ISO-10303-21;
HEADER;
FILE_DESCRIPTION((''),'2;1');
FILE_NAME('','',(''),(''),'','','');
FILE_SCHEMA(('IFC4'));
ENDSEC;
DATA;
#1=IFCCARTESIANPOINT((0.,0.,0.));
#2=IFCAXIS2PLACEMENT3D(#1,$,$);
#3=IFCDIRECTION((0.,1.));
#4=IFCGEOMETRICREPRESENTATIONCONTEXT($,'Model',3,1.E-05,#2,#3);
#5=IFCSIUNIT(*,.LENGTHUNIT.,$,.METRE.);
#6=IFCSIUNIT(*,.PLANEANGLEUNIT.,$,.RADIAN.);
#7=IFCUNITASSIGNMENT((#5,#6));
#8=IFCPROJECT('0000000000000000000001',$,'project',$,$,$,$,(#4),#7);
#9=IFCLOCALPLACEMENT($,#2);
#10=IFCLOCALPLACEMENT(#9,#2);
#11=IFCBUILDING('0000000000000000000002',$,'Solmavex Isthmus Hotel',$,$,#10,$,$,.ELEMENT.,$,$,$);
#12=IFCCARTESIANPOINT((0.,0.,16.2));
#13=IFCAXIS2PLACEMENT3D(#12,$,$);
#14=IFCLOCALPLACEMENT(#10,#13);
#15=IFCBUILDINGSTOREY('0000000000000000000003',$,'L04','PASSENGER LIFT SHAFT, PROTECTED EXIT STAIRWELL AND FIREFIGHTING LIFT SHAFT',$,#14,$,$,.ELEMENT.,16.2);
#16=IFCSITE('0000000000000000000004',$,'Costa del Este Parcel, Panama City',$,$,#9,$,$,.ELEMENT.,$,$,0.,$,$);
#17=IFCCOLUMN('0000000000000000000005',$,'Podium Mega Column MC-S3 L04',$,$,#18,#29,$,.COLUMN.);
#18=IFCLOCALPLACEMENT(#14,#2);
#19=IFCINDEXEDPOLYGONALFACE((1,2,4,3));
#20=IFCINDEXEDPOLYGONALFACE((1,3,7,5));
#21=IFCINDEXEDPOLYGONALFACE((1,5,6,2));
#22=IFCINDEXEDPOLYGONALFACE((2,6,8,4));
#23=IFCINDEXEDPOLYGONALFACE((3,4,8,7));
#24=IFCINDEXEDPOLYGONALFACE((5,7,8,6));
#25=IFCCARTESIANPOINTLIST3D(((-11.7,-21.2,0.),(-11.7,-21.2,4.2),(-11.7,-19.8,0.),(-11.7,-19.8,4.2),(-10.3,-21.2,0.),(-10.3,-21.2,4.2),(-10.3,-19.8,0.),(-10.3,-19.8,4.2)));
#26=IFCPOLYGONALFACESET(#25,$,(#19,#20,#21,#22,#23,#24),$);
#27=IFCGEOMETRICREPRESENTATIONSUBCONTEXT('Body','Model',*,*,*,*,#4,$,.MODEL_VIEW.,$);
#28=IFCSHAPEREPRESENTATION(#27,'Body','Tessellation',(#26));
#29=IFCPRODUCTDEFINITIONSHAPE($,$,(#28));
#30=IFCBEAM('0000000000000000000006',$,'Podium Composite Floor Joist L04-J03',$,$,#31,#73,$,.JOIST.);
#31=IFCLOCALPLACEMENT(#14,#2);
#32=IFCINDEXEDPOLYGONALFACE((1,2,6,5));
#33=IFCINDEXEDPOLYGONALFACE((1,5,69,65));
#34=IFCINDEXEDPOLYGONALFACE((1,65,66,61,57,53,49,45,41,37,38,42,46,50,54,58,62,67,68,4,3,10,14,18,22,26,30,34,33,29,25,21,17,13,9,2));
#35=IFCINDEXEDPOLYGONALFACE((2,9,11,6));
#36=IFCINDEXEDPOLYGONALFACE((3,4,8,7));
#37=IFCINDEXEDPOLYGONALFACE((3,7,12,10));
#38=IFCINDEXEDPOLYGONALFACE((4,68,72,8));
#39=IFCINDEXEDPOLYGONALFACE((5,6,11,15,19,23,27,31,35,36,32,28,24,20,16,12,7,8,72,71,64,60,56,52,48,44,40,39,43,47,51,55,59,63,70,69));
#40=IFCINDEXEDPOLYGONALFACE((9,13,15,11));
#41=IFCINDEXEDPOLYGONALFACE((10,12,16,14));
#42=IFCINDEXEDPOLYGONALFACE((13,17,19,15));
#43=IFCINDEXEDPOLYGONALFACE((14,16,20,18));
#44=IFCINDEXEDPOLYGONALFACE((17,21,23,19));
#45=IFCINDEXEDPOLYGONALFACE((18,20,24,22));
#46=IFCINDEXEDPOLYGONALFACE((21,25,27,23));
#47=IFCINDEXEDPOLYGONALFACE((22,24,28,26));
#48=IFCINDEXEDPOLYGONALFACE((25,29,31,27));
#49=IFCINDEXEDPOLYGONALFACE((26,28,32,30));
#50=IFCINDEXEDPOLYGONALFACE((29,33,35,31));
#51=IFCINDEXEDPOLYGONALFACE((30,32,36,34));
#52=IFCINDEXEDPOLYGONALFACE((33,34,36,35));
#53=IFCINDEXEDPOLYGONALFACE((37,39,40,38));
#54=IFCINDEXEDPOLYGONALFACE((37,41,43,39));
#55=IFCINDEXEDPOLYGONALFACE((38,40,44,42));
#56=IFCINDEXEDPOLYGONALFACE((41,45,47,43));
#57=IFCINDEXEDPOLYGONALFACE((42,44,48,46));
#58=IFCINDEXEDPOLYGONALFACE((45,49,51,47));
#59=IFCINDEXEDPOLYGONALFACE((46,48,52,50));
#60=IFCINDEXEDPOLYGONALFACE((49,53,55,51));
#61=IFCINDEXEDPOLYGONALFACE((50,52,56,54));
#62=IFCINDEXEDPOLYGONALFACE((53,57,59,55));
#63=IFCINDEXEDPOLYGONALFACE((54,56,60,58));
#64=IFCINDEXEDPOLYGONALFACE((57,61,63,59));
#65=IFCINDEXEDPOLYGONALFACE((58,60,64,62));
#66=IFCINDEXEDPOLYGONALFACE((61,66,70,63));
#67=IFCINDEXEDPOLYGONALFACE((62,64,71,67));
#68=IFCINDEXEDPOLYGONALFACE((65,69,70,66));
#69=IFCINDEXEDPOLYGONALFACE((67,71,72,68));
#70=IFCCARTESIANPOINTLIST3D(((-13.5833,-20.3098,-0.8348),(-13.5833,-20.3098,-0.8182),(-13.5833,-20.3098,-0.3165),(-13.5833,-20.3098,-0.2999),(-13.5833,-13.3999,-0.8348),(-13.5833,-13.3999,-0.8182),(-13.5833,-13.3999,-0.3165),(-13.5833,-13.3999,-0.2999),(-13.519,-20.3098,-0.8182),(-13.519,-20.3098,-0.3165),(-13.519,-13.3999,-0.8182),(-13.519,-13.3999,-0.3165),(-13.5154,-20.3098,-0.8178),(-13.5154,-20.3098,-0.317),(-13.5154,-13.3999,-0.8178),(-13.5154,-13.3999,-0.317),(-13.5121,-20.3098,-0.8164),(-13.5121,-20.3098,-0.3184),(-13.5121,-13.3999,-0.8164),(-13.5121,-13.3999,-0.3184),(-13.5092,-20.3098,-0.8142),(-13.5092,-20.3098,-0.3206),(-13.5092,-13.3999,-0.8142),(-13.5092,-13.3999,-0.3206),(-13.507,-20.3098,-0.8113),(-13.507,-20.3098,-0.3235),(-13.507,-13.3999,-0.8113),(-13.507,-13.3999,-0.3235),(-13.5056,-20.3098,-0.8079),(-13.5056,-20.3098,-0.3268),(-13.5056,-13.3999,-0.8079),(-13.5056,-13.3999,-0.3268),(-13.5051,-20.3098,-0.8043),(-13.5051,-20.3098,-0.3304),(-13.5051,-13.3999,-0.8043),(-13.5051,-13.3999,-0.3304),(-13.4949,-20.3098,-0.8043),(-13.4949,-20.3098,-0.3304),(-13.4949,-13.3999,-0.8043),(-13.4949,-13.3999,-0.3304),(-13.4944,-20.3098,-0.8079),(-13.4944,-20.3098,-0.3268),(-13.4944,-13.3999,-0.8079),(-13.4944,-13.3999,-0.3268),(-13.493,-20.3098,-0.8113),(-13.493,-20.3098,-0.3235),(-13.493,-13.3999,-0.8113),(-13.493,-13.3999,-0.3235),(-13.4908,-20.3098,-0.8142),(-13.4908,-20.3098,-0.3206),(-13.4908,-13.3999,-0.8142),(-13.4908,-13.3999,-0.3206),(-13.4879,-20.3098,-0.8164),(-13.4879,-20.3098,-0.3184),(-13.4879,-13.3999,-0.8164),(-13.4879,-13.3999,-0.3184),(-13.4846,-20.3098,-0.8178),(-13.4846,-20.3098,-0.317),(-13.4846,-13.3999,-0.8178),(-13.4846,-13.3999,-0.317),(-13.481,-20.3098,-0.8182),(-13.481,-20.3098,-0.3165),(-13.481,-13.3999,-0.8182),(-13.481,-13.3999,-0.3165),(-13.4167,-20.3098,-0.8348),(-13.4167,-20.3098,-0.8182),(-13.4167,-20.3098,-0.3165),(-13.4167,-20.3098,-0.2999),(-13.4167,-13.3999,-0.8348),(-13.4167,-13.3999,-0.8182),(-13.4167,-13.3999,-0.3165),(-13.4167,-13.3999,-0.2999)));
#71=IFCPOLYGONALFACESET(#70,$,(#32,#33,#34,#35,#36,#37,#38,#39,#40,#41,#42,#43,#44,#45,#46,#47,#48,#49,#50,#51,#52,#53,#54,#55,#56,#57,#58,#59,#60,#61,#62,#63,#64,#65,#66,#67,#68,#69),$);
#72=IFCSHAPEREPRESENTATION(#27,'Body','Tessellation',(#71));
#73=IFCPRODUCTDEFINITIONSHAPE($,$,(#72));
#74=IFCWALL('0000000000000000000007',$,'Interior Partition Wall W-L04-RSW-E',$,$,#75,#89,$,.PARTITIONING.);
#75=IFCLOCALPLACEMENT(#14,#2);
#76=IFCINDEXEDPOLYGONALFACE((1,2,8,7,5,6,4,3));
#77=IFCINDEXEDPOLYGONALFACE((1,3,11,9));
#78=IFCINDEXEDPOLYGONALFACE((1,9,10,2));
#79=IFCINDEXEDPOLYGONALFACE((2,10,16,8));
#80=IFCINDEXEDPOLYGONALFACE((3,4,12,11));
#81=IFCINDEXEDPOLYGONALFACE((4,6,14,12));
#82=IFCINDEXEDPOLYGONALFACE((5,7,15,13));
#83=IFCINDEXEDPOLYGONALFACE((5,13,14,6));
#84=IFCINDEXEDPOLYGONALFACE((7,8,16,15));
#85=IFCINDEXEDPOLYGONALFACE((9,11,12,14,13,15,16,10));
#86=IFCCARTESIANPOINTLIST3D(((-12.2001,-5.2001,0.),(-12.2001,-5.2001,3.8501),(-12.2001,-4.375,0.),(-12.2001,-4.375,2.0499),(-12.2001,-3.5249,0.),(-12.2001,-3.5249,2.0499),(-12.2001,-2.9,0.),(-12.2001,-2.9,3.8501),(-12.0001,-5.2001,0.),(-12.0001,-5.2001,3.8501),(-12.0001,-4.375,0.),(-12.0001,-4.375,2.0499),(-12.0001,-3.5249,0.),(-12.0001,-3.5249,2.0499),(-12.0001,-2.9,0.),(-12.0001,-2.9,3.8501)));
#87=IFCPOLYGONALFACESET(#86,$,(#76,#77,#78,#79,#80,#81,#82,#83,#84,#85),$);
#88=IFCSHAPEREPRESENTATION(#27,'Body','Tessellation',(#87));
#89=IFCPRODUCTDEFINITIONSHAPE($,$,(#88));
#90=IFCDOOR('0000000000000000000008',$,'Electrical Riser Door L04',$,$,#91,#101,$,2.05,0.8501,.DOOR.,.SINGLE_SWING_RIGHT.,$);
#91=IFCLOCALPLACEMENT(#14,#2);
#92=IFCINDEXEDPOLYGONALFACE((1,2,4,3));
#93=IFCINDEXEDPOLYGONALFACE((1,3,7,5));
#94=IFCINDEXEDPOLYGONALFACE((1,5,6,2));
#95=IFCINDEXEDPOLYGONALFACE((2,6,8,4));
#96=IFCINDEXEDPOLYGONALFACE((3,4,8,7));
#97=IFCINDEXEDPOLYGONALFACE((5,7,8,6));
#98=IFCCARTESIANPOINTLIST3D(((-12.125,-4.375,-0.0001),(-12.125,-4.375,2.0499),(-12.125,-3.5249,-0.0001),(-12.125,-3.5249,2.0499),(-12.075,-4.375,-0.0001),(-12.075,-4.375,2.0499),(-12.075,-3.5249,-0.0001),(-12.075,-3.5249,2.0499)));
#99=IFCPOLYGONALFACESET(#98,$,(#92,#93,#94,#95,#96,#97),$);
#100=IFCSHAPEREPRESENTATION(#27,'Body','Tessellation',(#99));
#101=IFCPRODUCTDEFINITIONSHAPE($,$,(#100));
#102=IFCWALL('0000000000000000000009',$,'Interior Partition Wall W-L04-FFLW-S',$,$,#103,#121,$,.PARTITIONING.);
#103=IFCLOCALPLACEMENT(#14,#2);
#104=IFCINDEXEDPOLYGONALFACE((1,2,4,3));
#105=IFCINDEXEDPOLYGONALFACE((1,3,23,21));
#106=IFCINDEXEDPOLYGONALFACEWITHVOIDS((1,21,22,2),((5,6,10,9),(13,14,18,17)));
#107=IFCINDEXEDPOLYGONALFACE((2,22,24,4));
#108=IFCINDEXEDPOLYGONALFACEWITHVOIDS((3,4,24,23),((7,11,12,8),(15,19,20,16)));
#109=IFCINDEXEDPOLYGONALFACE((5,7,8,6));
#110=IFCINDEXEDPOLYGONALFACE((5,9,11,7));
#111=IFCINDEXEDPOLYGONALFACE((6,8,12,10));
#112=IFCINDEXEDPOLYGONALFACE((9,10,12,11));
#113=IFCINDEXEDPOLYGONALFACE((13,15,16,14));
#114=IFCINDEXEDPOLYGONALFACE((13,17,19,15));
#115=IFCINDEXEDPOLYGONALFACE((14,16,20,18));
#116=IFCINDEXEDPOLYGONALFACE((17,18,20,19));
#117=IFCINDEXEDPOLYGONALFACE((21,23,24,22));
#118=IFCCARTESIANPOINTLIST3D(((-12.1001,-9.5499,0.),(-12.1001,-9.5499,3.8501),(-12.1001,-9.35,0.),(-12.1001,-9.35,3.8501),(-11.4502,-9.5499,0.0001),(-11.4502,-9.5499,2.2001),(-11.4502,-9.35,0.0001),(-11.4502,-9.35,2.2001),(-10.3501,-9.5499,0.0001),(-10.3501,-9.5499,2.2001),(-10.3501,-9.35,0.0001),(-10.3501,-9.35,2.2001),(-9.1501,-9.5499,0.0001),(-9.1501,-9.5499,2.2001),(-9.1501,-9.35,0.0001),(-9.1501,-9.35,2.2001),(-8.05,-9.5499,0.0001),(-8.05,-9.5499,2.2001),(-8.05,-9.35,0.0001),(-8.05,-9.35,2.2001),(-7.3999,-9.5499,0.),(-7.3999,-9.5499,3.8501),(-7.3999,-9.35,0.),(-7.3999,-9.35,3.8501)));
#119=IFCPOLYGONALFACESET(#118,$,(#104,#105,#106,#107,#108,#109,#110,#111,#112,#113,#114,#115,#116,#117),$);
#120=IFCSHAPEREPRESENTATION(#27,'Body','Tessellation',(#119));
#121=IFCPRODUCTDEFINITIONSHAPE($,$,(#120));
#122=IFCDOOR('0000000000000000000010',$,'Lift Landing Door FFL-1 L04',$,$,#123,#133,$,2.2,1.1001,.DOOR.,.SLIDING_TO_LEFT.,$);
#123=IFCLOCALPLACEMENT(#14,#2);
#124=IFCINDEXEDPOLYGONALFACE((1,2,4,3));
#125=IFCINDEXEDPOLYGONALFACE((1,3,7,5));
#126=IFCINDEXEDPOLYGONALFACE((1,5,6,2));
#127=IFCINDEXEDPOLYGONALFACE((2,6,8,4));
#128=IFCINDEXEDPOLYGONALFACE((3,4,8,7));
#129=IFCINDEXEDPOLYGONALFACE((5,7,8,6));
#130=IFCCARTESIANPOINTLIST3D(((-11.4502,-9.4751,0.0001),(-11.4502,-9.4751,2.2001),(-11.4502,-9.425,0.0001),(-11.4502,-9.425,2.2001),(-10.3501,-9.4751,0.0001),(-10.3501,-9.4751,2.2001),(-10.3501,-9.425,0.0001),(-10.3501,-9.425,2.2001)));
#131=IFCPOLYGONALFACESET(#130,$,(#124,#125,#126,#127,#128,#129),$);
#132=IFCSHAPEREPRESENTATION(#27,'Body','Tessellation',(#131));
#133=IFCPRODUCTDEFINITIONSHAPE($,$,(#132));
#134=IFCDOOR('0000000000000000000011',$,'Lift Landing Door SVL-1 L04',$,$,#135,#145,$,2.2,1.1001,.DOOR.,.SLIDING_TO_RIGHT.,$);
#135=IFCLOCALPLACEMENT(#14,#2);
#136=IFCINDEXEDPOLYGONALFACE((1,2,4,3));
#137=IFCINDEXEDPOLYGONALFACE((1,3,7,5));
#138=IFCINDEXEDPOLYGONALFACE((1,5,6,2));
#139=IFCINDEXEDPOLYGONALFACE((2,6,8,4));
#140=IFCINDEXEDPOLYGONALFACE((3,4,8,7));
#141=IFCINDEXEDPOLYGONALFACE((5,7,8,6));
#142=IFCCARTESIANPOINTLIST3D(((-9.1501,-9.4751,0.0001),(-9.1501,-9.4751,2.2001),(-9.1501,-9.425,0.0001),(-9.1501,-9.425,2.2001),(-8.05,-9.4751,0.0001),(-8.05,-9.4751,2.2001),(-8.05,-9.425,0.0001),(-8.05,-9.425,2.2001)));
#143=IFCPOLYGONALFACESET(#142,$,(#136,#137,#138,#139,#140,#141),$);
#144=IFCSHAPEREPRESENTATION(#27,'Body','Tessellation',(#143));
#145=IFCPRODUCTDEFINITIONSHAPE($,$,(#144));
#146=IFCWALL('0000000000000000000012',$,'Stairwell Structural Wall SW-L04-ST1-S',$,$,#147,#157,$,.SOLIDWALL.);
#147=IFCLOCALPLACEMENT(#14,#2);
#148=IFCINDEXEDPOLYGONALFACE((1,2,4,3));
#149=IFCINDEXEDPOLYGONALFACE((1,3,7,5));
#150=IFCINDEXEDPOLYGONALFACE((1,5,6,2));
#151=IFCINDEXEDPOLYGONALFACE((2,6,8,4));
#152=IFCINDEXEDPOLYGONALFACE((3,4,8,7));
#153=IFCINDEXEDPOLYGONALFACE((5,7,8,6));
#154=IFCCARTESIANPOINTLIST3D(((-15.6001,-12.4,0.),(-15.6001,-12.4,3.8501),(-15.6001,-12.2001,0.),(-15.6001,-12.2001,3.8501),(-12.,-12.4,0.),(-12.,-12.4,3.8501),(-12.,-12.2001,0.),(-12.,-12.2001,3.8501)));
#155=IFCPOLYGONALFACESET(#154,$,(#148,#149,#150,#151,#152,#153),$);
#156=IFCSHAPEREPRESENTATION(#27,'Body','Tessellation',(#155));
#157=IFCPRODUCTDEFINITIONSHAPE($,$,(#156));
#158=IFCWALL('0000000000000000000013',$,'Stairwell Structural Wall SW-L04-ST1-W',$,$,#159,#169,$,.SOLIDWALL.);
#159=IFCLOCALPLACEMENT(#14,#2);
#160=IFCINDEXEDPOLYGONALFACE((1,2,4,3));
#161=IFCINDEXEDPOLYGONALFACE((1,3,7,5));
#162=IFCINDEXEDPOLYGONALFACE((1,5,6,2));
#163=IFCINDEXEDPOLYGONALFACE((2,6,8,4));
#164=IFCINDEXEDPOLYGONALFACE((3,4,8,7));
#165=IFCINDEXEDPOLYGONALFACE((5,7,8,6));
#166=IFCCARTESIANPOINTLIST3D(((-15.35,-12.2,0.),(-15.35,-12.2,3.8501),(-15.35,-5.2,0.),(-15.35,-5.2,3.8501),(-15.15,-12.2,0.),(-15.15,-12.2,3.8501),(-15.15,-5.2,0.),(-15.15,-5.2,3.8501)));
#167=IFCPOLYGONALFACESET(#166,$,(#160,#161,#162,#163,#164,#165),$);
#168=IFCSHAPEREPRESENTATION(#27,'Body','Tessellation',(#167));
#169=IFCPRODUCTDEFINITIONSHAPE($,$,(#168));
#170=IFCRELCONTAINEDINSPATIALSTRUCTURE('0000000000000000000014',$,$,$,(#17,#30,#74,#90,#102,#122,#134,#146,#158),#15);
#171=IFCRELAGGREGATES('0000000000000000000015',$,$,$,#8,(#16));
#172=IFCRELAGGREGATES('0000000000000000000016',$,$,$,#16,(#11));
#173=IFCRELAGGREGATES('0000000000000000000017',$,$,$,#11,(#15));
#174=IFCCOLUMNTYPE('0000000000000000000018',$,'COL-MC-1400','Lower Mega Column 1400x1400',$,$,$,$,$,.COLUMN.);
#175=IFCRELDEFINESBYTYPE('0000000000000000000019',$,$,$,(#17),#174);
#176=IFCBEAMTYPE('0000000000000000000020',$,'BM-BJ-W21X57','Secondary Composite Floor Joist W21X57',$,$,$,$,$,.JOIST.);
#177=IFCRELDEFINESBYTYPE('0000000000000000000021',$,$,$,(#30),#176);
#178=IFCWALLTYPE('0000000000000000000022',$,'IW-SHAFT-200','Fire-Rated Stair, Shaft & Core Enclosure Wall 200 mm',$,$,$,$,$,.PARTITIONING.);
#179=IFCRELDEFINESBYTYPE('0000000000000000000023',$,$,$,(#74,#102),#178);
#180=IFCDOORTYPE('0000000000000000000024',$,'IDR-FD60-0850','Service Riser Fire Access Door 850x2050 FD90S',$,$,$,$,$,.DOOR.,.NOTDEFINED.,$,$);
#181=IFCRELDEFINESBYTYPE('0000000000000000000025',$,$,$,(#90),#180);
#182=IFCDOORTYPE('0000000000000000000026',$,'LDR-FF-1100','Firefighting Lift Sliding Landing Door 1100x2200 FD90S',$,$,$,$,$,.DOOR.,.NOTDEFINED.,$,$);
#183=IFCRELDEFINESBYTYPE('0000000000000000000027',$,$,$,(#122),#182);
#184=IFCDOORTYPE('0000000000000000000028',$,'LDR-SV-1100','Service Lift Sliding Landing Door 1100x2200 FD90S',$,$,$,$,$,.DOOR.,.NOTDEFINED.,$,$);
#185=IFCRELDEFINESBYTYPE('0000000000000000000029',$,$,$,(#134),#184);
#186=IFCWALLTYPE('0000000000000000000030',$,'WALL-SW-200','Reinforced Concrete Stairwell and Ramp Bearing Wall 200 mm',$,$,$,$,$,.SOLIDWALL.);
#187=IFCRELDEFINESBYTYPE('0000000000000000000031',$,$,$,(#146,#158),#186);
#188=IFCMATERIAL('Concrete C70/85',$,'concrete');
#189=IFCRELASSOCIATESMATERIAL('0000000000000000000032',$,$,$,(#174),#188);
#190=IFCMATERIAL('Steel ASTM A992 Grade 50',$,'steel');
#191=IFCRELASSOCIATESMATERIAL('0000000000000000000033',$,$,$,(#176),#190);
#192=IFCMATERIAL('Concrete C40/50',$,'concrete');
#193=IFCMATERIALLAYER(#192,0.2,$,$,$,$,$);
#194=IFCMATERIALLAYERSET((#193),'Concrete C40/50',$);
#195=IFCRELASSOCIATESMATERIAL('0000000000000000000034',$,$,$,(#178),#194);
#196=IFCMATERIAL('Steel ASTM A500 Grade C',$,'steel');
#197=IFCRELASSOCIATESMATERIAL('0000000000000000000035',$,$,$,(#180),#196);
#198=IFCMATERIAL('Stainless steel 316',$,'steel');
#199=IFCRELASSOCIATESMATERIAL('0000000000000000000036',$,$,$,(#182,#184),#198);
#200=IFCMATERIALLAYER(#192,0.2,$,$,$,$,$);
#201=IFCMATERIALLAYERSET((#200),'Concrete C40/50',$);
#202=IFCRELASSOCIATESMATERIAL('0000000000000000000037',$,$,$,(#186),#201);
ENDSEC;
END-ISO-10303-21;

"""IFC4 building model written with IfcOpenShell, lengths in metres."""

from ifc_helpers import new_model, si_unit, direction, frame, frame_2d, origin, origin_2d, place, context, subcontext, project, spatial, rectangle, i_section, extrude, material, layer, layer_set, material_profile, profile_set, type_object, element, fill, save


model = new_model("IFC4")

# Units and contexts
model_context = context("Model", 3, precision=1e-05, world=origin(), true_north=direction((0.0, 1.0)))
body_context = subcontext(model_context, "Body", "Model", "MODEL_VIEW")
ifc_project = project(units=[si_unit("LENGTHUNIT", "METRE"), si_unit("PLANEANGLEUNIT", "RADIAN")], contexts=[model_context])

# Site, building, storey
site_placement = place(None, origin())
site = spatial("IfcSite", under=ifc_project, at=site_placement, Name="Costa del Este Parcel, Panama City", CompositionType="ELEMENT", RefElevation=0.0)
building_placement = place(site_placement, origin())
building = spatial("IfcBuilding", under=site, at=building_placement, Name="Solmavex Isthmus Hotel", CompositionType="ELEMENT")
storey_placement = place(building_placement, frame((0.0, 0.0, 16.2)))
storey = spatial("IfcBuildingStorey", under=building, at=storey_placement, Name="L04", Description="PASSENGER LIFT SHAFT, PROTECTED EXIT STAIRWELL AND FIREFIGHTING LIFT SHAFT", CompositionType="ELEMENT", Elevation=16.2)

# Column
ifc_material_1 = material(Name="Concrete C70/85", Category="concrete")
ifc_material_profile_1 = material_profile(ifc_material_1, rectangle(XDim=1.3999, YDim=1.3999, at=origin_2d()), Name="RC1400X1400")
ifc_profile_set_1 = profile_set([ifc_material_profile_1], Name="Concrete C70/85")
column_type = type_object("IfcColumnType", Name="COL-MC-1400", Description="Lower Mega Column 1400x1400", PredefinedType="COLUMN", material=ifc_profile_set_1)
column_placement = place(storey_placement, frame((-11.0, -20.5, 0.0), z_axis=(0.0, 0.0, 1.0), x_axis=(1.0, 0.0, 0.0)))
element("IfcColumn", 1, at=column_placement, inside=storey, type_object=column_type, Name="Podium Mega Column MC-S3 L04", PredefinedType="COLUMN", context=body_context, shape_type="SweptSolid", body=[
    extrude(rectangle(XDim=1.3999, YDim=1.3999, at=origin_2d()), origin(), (0.0, 0.0, 1.0), 4.2),
])

# Beam
ifc_material_2 = material(Name="Steel ASTM A992 Grade 50", Category="steel")
ifc_material_profile_2 = material_profile(ifc_material_2, i_section(OverallWidth=0.1665, OverallDepth=0.5349, WebThickness=0.0103, FlangeThickness=0.0166, FilletRadius=0.0139, at=origin_2d()), Name="W21X57")
ifc_profile_set_2 = profile_set([ifc_material_profile_2], Name="Steel ASTM A992 Grade 50")
beam_type = type_object("IfcBeamType", Name="BM-BJ-W21X57", Description="Secondary Composite Floor Joist W21X57", PredefinedType="JOIST", material=ifc_profile_set_2)
beam_placement = place(storey_placement, frame((-13.5, -20.3098, -0.5674), z_axis=(0.0, 1.0, 0.0), x_axis=(-1.0, 0.0, 0.0)))
element("IfcBeam", 2, at=beam_placement, inside=storey, type_object=beam_type, Name="Podium Composite Floor Joist L04-J03", PredefinedType="JOIST", context=body_context, shape_type="SweptSolid", body=[
    extrude(i_section(OverallWidth=0.1665, OverallDepth=0.5349, WebThickness=0.0103, FlangeThickness=0.0166, FilletRadius=0.0139, at=origin_2d()), origin(), (0.0, 0.0, 1.0), 6.9099),
])

# Wall, opening, door
ifc_material_3 = material(Name="Concrete C40/50", Category="concrete")
ifc_layer_1 = layer(ifc_material_3, 0.2)
ifc_layer_set_1 = layer_set([ifc_layer_1], Name="Concrete C40/50")
wall_type_1 = type_object("IfcWallType", Name="IW-SHAFT-200", Description="Fire-Rated Stair, Shaft & Core Enclosure Wall 200 mm", PredefinedType="PARTITIONING", material=ifc_layer_set_1)
wall_1_placement = place(storey_placement, frame((-12.1001, -5.2, 0.0), z_axis=(0.0, 0.0, 1.0), x_axis=(0.0, 1.0, 0.0)))
wall_1 = element("IfcWall", 3, at=wall_1_placement, inside=storey, type_object=wall_type_1, Name="Interior Partition Wall W-L04-RSW-E", PredefinedType="PARTITIONING", context=body_context, shape_type="SweptSolid", body=[
    extrude(rectangle(XDim=2.3, YDim=0.2, at=frame_2d((1.1499, 0.0))), origin(), (0.0, 0.0, 1.0), 3.8501),
])
opening_1_placement = place(wall_1_placement, frame((0.825, 0.0, 0.0)))
opening_1 = element("IfcOpeningElement", 4, at=opening_1_placement, cuts=wall_1, PredefinedType="OPENING", context=body_context, shape_type="SweptSolid", body=[
    extrude(rectangle(XDim=0.8501, YDim=2.05, at=frame_2d((0.425, 1.0249))), frame((0.0, 0.1099, 0.0), z_axis=(0.0, -1.0, 0.0), x_axis=(1.0, 0.0, 0.0)), (0.0, 0.0, 1.0), 0.22),
])
ifc_material_4 = material(Name="Steel ASTM A500 Grade C", Category="steel")
door_type_1 = type_object("IfcDoorType", Name="IDR-FD60-0850", Description="Service Riser Fire Access Door 850x2050 FD90S", OperationType="NOTDEFINED", PredefinedType="DOOR", material=ifc_material_4)
door_1_placement = place(opening_1_placement, origin())
door_1 = element("IfcDoor", 5, at=door_1_placement, inside=storey, type_object=door_type_1, Name="Electrical Riser Door L04", OperationType="SINGLE_SWING_RIGHT", OverallHeight=2.05, OverallWidth=0.8501, PredefinedType="DOOR", context=body_context, shape_type="SweptSolid", body=[
    extrude(rectangle(XDim=0.8501, YDim=2.05, at=frame_2d((0.425, 1.0249))), frame((0.0, 0.0249, 0.0), z_axis=(0.0, -1.0, 0.0), x_axis=(1.0, 0.0, 0.0)), (0.0, 0.0, 1.0), 0.05),
])
fill(opening_1, door_1)

# Wall, openings, doors
wall_2_placement = place(storey_placement, frame((-12.1001, -9.45, 0.0), z_axis=(0.0, 0.0, 1.0), x_axis=(1.0, 0.0, 0.0)))
wall_2 = element("IfcWall", 6, at=wall_2_placement, inside=storey, type_object=wall_type_1, Name="Interior Partition Wall W-L04-FFLW-S", PredefinedType="PARTITIONING", context=body_context, shape_type="SweptSolid", body=[
    extrude(rectangle(XDim=4.7002, YDim=0.2, at=frame_2d((2.3501, 0.0))), origin(), (0.0, 0.0, 1.0), 3.8501),
])
opening_2_placement = place(wall_2_placement, frame((0.6499, 0.0, 0.0)))
opening_2 = element("IfcOpeningElement", 7, at=opening_2_placement, cuts=wall_2, PredefinedType="OPENING", context=body_context, shape_type="SweptSolid", body=[
    extrude(rectangle(XDim=1.1001, YDim=2.2, at=frame_2d((0.55, 1.1001))), frame((0.0, 0.1099, 0.0), z_axis=(0.0, -1.0, 0.0), x_axis=(1.0, 0.0, 0.0)), (0.0, 0.0, 1.0), 0.22),
])
opening_3_placement = place(wall_2_placement, frame((2.95, 0.0, 0.0)))
opening_3 = element("IfcOpeningElement", 8, at=opening_3_placement, cuts=wall_2, PredefinedType="OPENING", context=body_context, shape_type="SweptSolid", body=[
    extrude(rectangle(XDim=1.1001, YDim=2.2, at=frame_2d((0.55, 1.1001))), frame((0.0, 0.1099, 0.0), z_axis=(0.0, -1.0, 0.0), x_axis=(1.0, 0.0, 0.0)), (0.0, 0.0, 1.0), 0.22),
])
ifc_material_5 = material(Name="Stainless steel 316", Category="steel")
door_type_2 = type_object("IfcDoorType", Name="LDR-FF-1100", Description="Firefighting Lift Sliding Landing Door 1100x2200 FD90S", OperationType="NOTDEFINED", PredefinedType="DOOR", material=ifc_material_5)
door_2_placement = place(opening_2_placement, origin())
door_2 = element("IfcDoor", 9, at=door_2_placement, inside=storey, type_object=door_type_2, Name="Lift Landing Door FFL-1 L04", OperationType="SLIDING_TO_LEFT", OverallHeight=2.2, OverallWidth=1.1001, PredefinedType="DOOR", context=body_context, shape_type="SweptSolid", body=[
    extrude(rectangle(XDim=1.1001, YDim=2.2, at=frame_2d((0.55, 1.1001))), frame((0.0, 0.0249, 0.0), z_axis=(0.0, -1.0, 0.0), x_axis=(1.0, 0.0, 0.0)), (0.0, 0.0, 1.0), 0.05),
])
fill(opening_2, door_2)
door_type_3 = type_object("IfcDoorType", Name="LDR-SV-1100", Description="Service Lift Sliding Landing Door 1100x2200 FD90S", OperationType="NOTDEFINED", PredefinedType="DOOR", material=ifc_material_5)
door_3_placement = place(opening_3_placement, origin())
door_3 = element("IfcDoor", 10, at=door_3_placement, inside=storey, type_object=door_type_3, Name="Lift Landing Door SVL-1 L04", OperationType="SLIDING_TO_RIGHT", OverallHeight=2.2, OverallWidth=1.1001, PredefinedType="DOOR", context=body_context, shape_type="SweptSolid", body=[
    extrude(rectangle(XDim=1.1001, YDim=2.2, at=frame_2d((0.55, 1.1001))), frame((0.0, 0.0249, 0.0), z_axis=(0.0, -1.0, 0.0), x_axis=(1.0, 0.0, 0.0)), (0.0, 0.0, 1.0), 0.05),
])
fill(opening_3, door_3)

# Walls
ifc_layer_2 = layer(ifc_material_3, 0.2)
ifc_layer_set_2 = layer_set([ifc_layer_2], Name="Concrete C40/50")
wall_type_2 = type_object("IfcWallType", Name="WALL-SW-200", Description="Reinforced Concrete Stairwell and Ramp Bearing Wall 200 mm", PredefinedType="SOLIDWALL", material=ifc_layer_set_2)
wall_3_placement = place(storey_placement, frame((-15.6001, -12.3, 0.0), z_axis=(0.0, 0.0, 1.0), x_axis=(1.0, 0.0, 0.0)))
element("IfcWall", 11, at=wall_3_placement, inside=storey, type_object=wall_type_2, Name="Stairwell Structural Wall SW-L04-ST1-S", PredefinedType="SOLIDWALL", context=body_context, shape_type="SweptSolid", body=[
    extrude(rectangle(XDim=3.6001, YDim=0.2, at=frame_2d((1.8, 0.0))), origin(), (0.0, 0.0, 1.0), 3.8501),
])
wall_4_placement = place(storey_placement, frame((-15.25, -12.2, 0.0), z_axis=(0.0, 0.0, 1.0), x_axis=(0.0, 1.0, 0.0)))
element("IfcWall", 12, at=wall_4_placement, inside=storey, type_object=wall_type_2, Name="Stairwell Structural Wall SW-L04-ST1-W", PredefinedType="SOLIDWALL", context=body_context, shape_type="SweptSolid", body=[
    extrude(rectangle(XDim=7.0, YDim=0.2, at=frame_2d((3.5, 0.0))), origin(), (0.0, 0.0, 1.0), 3.8501),
])

save(model, "model.ifc")
